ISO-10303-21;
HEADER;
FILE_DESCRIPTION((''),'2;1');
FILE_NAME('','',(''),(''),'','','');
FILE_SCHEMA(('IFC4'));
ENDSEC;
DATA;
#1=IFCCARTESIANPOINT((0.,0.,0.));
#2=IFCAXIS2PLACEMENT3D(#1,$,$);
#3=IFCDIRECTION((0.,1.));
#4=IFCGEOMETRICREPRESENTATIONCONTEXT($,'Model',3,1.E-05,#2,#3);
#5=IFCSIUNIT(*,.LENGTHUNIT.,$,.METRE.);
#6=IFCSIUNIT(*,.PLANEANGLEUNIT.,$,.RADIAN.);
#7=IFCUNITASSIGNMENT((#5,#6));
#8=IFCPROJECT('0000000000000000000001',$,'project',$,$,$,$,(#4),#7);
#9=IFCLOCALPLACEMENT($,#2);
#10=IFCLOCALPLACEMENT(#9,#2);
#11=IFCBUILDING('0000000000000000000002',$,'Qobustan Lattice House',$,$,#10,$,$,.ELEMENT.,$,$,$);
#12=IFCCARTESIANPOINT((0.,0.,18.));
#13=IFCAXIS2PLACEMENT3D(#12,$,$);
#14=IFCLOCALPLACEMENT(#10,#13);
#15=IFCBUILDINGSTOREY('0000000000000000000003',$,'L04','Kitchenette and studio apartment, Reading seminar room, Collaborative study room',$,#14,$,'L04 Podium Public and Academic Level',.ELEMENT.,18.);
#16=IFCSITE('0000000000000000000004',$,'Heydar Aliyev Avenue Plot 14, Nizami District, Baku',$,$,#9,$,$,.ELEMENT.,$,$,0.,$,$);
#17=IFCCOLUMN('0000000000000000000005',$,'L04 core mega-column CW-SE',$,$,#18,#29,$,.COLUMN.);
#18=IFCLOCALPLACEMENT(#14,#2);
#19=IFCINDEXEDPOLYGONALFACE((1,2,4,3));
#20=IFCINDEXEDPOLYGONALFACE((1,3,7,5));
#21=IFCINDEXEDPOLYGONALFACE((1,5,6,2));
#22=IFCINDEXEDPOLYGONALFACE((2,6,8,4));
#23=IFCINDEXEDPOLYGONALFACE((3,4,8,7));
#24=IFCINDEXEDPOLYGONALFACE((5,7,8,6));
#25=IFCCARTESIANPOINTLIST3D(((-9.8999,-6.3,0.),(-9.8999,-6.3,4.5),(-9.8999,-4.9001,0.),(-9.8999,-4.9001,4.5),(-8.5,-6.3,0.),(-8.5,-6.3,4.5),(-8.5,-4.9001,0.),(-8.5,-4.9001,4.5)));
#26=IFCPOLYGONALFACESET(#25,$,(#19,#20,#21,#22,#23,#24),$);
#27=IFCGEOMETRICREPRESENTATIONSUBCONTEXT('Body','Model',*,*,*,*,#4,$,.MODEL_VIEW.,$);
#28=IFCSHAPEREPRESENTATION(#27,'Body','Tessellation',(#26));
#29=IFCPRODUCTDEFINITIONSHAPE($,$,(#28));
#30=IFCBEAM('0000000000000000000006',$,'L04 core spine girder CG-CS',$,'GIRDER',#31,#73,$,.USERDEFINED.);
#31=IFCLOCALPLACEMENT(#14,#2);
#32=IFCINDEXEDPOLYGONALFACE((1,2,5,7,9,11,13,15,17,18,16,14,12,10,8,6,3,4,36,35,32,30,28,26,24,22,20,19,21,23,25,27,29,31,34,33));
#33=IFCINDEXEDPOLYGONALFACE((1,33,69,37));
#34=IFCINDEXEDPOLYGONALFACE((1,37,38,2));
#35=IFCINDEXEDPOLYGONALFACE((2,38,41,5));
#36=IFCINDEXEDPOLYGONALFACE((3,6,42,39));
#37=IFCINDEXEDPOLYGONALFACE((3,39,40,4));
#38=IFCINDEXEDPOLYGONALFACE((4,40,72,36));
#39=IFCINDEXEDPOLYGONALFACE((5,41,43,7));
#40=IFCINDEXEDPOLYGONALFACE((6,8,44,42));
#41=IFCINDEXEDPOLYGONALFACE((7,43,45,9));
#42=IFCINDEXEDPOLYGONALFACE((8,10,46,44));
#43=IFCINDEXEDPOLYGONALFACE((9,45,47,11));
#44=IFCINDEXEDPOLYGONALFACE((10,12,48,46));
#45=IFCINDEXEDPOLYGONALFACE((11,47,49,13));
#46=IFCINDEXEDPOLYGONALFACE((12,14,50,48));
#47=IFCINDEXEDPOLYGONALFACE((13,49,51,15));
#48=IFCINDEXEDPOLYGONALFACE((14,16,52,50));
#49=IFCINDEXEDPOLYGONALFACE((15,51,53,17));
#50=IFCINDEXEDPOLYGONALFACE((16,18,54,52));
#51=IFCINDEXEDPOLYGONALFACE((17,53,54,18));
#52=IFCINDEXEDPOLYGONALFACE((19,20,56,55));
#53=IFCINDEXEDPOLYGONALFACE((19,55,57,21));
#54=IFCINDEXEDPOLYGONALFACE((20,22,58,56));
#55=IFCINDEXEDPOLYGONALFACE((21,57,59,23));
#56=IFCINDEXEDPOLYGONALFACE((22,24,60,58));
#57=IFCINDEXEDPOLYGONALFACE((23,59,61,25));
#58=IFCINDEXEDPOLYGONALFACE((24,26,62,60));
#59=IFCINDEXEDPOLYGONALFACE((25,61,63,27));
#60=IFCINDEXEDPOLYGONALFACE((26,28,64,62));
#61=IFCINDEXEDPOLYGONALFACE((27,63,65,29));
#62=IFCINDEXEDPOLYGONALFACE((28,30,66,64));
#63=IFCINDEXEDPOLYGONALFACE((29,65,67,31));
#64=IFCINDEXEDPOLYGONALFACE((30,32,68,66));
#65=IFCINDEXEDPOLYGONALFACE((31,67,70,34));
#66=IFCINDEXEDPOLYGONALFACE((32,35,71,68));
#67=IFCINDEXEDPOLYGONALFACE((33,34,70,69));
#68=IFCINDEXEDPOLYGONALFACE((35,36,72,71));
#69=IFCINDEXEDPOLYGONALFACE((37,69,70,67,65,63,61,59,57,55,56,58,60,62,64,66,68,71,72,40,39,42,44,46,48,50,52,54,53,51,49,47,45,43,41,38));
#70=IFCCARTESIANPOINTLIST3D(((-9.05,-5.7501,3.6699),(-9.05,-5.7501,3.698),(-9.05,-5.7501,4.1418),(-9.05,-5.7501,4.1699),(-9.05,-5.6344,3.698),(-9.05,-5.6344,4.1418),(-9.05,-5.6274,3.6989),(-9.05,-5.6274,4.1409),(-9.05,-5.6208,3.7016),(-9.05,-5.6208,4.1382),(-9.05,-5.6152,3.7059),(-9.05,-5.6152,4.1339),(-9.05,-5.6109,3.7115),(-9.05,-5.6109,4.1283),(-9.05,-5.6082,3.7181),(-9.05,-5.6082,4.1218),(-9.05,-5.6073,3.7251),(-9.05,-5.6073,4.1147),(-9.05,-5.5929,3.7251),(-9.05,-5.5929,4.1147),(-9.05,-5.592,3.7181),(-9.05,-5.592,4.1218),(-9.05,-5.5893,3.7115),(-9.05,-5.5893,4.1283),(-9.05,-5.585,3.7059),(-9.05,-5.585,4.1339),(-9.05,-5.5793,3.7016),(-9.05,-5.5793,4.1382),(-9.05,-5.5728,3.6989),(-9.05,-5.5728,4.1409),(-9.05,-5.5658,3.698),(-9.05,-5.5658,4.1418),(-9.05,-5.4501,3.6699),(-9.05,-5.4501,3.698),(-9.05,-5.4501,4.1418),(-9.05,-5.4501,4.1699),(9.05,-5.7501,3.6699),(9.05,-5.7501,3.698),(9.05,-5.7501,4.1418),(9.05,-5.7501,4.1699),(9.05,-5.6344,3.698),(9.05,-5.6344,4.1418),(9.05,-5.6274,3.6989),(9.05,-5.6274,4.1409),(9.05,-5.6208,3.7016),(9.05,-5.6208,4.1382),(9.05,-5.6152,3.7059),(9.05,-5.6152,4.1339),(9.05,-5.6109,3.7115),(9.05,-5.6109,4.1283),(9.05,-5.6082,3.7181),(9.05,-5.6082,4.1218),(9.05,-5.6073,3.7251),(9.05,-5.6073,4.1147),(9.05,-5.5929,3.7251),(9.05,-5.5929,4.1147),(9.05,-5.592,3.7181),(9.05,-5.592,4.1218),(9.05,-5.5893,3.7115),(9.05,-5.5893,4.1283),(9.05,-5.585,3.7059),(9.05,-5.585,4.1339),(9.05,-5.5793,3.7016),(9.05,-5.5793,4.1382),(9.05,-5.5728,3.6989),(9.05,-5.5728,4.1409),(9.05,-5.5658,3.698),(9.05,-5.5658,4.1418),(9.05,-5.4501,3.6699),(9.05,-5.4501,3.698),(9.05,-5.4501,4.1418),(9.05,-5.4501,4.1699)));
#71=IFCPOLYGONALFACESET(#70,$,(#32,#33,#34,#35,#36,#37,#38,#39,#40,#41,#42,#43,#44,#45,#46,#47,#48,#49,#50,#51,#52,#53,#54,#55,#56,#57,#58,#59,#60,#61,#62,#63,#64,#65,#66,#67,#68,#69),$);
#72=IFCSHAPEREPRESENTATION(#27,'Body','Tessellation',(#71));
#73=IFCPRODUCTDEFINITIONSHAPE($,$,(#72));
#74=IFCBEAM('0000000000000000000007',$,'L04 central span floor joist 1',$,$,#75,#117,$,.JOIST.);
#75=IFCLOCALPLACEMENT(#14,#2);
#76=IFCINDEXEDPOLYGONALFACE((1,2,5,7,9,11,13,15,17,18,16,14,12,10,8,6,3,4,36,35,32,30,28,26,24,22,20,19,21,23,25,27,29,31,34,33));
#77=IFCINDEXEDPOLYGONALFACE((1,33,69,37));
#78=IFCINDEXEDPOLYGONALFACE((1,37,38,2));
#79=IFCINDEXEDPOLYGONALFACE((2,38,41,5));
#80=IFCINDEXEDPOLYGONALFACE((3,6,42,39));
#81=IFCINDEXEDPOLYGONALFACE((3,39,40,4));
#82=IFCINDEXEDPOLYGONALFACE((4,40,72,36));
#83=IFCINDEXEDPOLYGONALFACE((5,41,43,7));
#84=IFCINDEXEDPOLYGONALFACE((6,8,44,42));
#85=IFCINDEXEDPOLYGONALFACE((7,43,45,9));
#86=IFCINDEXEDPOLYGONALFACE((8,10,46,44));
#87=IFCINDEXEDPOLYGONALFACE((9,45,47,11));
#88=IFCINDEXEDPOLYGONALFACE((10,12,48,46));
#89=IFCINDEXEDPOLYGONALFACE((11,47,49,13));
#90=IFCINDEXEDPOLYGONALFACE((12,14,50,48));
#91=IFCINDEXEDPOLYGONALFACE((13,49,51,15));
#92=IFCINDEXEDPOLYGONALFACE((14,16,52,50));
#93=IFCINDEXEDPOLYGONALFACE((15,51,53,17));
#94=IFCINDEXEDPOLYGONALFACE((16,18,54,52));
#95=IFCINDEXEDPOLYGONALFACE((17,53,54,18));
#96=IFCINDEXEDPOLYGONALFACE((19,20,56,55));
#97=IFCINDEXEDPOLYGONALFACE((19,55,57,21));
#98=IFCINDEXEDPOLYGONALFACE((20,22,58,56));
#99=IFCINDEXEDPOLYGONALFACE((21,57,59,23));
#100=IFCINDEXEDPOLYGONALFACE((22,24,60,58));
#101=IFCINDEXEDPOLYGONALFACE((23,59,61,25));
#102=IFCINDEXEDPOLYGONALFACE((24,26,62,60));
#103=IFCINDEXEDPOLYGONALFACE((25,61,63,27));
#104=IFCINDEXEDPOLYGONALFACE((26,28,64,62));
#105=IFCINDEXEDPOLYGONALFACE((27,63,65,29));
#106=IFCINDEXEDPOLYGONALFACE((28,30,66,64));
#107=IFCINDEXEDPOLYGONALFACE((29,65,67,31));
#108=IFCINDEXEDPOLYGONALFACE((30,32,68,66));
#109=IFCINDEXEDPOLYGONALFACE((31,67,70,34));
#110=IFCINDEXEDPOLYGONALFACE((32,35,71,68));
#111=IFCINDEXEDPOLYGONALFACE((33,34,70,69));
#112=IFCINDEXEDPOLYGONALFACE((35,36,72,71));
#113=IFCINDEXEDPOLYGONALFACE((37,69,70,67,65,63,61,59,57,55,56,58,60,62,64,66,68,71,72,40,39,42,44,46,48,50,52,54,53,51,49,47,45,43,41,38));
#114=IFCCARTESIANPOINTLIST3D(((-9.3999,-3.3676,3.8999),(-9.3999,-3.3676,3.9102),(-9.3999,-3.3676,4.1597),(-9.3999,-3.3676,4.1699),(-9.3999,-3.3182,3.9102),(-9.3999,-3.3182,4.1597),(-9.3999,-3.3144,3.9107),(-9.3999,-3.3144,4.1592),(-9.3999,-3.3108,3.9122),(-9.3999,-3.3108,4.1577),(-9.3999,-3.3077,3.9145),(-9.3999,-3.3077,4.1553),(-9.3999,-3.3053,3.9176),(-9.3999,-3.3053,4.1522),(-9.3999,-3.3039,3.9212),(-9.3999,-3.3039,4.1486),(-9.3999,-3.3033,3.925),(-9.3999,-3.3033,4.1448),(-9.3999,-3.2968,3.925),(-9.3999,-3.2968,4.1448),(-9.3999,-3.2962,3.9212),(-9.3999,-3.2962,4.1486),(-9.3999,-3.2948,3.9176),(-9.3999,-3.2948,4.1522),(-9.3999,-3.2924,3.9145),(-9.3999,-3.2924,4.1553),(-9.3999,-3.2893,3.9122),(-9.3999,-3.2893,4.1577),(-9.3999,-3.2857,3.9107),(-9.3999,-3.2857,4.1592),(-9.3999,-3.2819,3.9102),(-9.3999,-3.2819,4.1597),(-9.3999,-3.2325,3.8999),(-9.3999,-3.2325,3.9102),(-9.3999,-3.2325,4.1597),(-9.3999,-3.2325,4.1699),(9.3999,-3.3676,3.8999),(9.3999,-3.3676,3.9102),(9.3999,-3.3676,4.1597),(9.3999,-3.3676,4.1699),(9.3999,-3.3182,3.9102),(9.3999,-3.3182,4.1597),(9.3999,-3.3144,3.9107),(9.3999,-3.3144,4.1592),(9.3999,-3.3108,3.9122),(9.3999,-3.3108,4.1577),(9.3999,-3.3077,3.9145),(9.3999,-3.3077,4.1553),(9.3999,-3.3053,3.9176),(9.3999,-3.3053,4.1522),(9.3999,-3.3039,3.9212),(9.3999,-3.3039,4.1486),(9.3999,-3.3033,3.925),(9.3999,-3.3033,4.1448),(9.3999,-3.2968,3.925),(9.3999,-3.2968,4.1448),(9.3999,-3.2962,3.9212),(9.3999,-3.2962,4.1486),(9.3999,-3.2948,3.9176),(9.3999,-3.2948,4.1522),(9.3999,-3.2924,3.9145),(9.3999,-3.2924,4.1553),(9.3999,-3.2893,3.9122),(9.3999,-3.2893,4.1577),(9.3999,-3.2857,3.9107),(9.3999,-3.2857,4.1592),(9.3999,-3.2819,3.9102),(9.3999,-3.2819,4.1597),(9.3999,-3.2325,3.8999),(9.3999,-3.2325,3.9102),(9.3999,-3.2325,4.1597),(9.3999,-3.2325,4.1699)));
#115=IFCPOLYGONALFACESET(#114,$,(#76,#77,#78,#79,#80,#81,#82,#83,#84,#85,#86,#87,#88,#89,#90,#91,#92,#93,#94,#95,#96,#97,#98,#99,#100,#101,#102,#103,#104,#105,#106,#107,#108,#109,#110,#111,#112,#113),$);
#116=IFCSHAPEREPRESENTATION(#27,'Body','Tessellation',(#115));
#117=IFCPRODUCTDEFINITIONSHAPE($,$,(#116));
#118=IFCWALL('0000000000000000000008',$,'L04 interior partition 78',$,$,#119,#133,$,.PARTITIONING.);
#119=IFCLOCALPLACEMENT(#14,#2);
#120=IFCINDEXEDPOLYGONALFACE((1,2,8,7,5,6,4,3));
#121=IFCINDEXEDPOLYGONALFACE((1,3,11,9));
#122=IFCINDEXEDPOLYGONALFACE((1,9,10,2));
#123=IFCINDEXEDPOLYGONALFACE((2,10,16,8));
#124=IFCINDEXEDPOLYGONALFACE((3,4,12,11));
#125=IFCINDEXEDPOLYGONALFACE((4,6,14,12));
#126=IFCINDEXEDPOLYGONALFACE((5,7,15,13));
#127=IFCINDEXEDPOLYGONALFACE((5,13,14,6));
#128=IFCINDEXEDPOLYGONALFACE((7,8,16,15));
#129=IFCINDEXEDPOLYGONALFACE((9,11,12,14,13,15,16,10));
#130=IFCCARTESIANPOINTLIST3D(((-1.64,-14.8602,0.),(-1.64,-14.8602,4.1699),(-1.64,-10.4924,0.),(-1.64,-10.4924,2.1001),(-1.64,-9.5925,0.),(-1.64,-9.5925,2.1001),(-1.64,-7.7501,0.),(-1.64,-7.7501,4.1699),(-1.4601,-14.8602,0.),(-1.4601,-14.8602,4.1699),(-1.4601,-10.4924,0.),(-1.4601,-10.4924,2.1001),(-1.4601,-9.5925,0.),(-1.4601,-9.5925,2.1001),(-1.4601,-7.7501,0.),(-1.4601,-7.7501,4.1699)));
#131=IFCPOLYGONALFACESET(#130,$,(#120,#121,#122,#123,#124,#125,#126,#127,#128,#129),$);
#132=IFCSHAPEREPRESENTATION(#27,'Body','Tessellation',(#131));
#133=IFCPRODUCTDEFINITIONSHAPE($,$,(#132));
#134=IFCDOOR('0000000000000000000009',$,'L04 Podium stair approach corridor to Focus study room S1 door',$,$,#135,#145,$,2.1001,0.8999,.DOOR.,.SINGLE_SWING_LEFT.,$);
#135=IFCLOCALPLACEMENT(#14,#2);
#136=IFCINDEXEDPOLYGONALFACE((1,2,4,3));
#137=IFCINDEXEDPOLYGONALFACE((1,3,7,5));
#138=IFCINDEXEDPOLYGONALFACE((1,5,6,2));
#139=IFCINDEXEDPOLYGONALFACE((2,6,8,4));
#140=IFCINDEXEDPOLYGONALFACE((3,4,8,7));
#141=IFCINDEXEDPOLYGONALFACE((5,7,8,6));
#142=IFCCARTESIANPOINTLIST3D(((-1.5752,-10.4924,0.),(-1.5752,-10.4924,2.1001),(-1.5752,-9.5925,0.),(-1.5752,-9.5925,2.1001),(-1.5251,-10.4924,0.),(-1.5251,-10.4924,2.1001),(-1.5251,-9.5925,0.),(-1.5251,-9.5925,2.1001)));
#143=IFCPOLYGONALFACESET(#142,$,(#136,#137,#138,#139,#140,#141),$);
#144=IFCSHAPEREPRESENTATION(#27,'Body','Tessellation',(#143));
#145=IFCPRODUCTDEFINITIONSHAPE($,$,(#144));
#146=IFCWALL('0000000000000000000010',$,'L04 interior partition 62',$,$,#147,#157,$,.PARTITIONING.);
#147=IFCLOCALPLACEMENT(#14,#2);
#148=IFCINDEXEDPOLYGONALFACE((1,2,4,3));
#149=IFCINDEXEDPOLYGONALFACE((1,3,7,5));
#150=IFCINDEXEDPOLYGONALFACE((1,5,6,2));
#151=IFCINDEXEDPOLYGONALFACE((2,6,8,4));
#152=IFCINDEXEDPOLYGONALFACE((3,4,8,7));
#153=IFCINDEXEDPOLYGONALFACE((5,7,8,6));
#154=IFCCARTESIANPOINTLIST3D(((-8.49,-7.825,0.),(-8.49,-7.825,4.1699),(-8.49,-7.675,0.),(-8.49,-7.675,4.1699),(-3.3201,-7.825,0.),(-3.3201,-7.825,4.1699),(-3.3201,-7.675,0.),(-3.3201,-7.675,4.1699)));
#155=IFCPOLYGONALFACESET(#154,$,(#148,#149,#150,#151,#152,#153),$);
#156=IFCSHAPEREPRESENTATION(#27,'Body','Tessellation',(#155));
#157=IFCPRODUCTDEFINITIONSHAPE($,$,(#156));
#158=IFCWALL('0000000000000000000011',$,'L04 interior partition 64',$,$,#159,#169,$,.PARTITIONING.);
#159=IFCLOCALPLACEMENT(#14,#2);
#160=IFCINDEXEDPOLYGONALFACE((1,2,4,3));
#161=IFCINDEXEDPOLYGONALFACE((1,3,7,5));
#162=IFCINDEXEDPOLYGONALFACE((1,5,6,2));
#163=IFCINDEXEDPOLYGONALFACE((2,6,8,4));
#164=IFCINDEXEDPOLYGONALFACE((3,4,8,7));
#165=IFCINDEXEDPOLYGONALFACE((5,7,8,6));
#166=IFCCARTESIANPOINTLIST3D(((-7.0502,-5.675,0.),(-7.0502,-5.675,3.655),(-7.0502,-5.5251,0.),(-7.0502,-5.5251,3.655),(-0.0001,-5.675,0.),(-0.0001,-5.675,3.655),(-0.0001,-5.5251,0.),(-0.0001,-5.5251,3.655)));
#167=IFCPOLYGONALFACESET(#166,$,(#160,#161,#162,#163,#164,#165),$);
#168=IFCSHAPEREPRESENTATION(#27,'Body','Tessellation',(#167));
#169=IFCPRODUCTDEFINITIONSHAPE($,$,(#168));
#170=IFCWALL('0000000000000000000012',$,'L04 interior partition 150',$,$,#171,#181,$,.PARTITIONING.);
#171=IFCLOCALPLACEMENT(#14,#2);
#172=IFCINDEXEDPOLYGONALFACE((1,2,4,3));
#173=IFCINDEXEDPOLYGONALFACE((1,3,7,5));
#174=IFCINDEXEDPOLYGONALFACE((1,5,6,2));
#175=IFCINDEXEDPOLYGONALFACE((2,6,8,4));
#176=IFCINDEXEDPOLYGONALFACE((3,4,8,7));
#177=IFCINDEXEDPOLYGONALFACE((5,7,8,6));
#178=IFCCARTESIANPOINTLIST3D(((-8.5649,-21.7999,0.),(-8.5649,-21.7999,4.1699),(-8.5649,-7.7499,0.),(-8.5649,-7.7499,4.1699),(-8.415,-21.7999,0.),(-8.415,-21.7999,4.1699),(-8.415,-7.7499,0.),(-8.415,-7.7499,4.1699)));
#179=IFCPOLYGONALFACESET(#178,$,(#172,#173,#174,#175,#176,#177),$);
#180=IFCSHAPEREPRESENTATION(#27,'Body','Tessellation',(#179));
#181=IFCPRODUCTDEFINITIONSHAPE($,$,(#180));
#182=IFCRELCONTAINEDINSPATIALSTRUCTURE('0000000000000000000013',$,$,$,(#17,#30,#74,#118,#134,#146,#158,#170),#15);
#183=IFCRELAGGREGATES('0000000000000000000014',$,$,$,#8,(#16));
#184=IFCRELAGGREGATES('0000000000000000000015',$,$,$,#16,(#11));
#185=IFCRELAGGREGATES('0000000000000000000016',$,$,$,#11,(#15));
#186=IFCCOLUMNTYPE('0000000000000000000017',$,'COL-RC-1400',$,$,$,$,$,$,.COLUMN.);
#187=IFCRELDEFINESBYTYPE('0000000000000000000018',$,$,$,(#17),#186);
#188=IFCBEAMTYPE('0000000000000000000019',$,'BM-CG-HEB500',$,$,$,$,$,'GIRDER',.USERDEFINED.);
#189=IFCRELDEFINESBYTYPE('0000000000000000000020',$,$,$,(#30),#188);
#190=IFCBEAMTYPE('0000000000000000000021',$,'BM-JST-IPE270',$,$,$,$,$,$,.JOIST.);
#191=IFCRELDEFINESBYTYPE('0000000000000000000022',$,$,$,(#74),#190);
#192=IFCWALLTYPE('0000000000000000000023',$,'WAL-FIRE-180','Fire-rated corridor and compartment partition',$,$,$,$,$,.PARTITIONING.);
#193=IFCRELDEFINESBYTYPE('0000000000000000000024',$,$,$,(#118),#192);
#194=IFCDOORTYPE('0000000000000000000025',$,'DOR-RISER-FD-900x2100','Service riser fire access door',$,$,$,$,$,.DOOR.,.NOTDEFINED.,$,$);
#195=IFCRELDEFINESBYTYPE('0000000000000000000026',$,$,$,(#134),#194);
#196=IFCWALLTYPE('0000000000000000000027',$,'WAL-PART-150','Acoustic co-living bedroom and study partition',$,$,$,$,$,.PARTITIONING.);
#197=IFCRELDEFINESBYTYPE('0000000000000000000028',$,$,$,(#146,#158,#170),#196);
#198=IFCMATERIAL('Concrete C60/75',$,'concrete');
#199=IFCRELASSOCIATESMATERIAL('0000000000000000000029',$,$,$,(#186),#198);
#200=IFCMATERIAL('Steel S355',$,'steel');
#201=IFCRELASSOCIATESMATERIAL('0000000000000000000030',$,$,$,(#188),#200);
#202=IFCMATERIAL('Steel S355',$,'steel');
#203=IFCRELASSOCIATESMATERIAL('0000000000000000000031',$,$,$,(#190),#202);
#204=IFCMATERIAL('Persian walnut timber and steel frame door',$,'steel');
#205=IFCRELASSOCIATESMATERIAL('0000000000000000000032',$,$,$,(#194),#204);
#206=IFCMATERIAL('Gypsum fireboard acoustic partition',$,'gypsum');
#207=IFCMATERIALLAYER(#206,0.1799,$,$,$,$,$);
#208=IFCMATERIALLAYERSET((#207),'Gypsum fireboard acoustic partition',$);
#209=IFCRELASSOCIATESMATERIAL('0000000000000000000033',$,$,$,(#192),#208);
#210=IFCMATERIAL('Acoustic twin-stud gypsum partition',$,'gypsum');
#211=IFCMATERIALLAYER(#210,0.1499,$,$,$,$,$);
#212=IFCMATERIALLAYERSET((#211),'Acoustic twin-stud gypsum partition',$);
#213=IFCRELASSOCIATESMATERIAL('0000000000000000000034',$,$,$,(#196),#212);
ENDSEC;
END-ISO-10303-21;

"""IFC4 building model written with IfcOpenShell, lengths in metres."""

from ifc_helpers import new_model, si_unit, direction, frame, frame_2d, origin, origin_2d, place, context, subcontext, project, spatial, rectangle, i_section, extrude, material, layer, layer_set, material_profile, profile_set, type_object, element, fill, save


model = new_model("IFC4")

# Units and contexts
model_context = context("Model", 3, precision=1e-05, world=origin(), true_north=direction((0.0, 1.0)))
body_context = subcontext(model_context, "Body", "Model", "MODEL_VIEW")
ifc_project = project(units=[si_unit("LENGTHUNIT", "METRE"), si_unit("PLANEANGLEUNIT", "RADIAN")], contexts=[model_context])

# Site, building, storey
site_placement = place(None, origin())
site = spatial("IfcSite", under=ifc_project, at=site_placement, Name="Heydar Aliyev Avenue Plot 14, Nizami District, Baku", CompositionType="ELEMENT", RefElevation=0.0)
building_placement = place(site_placement, origin())
building = spatial("IfcBuilding", under=site, at=building_placement, Name="Qobustan Lattice House", CompositionType="ELEMENT")
storey_placement = place(building_placement, frame((0.0, 0.0, 18.0)))
storey = spatial("IfcBuildingStorey", under=building, at=storey_placement, Name="L04", Description="Kitchenette and studio apartment, Reading seminar room, Collaborative study room", LongName="L04 Podium Public and Academic Level", CompositionType="ELEMENT", Elevation=18.0)

# Column
ifc_material_1 = material(Name="Concrete C60/75", Category="concrete")
ifc_material_profile_1 = material_profile(ifc_material_1, rectangle(XDim=1.3999, YDim=1.3999, at=origin_2d()), Name="RC1400x1400")
ifc_profile_set_1 = profile_set([ifc_material_profile_1], Name="Concrete C60/75")
column_type = type_object("IfcColumnType", Name="COL-RC-1400", PredefinedType="COLUMN", material=ifc_profile_set_1)
column_placement = place(storey_placement, frame((-9.2, -5.6001, 0.0), z_axis=(0.0, 0.0, 1.0), x_axis=(1.0, 0.0, 0.0)))
element("IfcColumn", 1, at=column_placement, inside=storey, type_object=column_type, Name="L04 core mega-column CW-SE", PredefinedType="COLUMN", context=body_context, shape_type="SweptSolid", body=[
    extrude(rectangle(XDim=1.3999, YDim=1.3999, at=origin_2d()), origin(), (0.0, 0.0, 1.0), 4.5),
])

# Beams
ifc_material_2 = material(Name="Steel S355", Category="steel")
ifc_material_profile_2 = material_profile(ifc_material_2, i_section(OverallWidth=0.3, OverallDepth=0.5, WebThickness=0.0144, FlangeThickness=0.0281, FilletRadius=0.0271, at=origin_2d()), Name="HEB500")
ifc_profile_set_2 = profile_set([ifc_material_profile_2], Name="Steel S355")
beam_type_1 = type_object("IfcBeamType", Name="BM-CG-HEB500", ElementType="GIRDER", PredefinedType="USERDEFINED", material=ifc_profile_set_2)
beam_1_placement = place(storey_placement, frame((-9.05, -5.6001, 3.9199), z_axis=(1.0, 0.0, 0.0), x_axis=(0.0, 1.0, 0.0)))
element("IfcBeam", 2, at=beam_1_placement, inside=storey, type_object=beam_type_1, Name="L04 core spine girder CG-CS", ObjectType="GIRDER", PredefinedType="USERDEFINED", context=body_context, shape_type="SweptSolid", body=[
    extrude(i_section(OverallWidth=0.3, OverallDepth=0.5, WebThickness=0.0144, FlangeThickness=0.0281, FilletRadius=0.0271, at=origin_2d()), origin(), (0.0, 0.0, 1.0), 18.1001),
])
ifc_material_3 = material(Name="Steel S355", Category="steel")
ifc_material_profile_3 = material_profile(ifc_material_3, i_section(OverallWidth=0.135, OverallDepth=0.27, WebThickness=0.0066, FlangeThickness=0.0103, FilletRadius=0.0149, at=origin_2d()), Name="IPE270")
ifc_profile_set_3 = profile_set([ifc_material_profile_3], Name="Steel S355")
beam_type_2 = type_object("IfcBeamType", Name="BM-JST-IPE270", PredefinedType="JOIST", material=ifc_profile_set_3)
beam_2_placement = place(storey_placement, frame((-9.3999, -3.3, 4.0349), z_axis=(1.0, 0.0, 0.0), x_axis=(0.0, 1.0, 0.0)))
element("IfcBeam", 3, at=beam_2_placement, inside=storey, type_object=beam_type_2, Name="L04 central span floor joist 1", PredefinedType="JOIST", context=body_context, shape_type="SweptSolid", body=[
    extrude(i_section(OverallWidth=0.135, OverallDepth=0.27, WebThickness=0.0066, FlangeThickness=0.0103, FilletRadius=0.0149, at=origin_2d()), origin(), (0.0, 0.0, 1.0), 18.7998),
])

# Shared definitions
ifc_material_4 = material(Name="Persian walnut timber and steel frame door", Category="steel")
door_type_1 = type_object("IfcDoorType", Name="DOR-RISER-FD-900x2100", Description="Service riser fire access door", OperationType="NOTDEFINED", PredefinedType="DOOR", material=ifc_material_4)

# Wall, opening, door
ifc_material_5 = material(Name="Gypsum fireboard acoustic partition", Category="gypsum")
ifc_layer_1 = layer(ifc_material_5, 0.1799)
ifc_layer_set_1 = layer_set([ifc_layer_1], Name="Gypsum fireboard acoustic partition")
wall_type_1 = type_object("IfcWallType", Name="WAL-FIRE-180", Description="Fire-rated corridor and compartment partition", PredefinedType="PARTITIONING", material=ifc_layer_set_1)
wall_1_placement = place(storey_placement, frame((-1.55, -7.75, 0.0), z_axis=(0.0, 0.0, 1.0), x_axis=(0.0, -1.0, 0.0)))
wall_1 = element("IfcWall", 4, at=wall_1_placement, inside=storey, type_object=wall_type_1, Name="L04 interior partition 78", PredefinedType="PARTITIONING", context=body_context, shape_type="SweptSolid", body=[
    extrude(rectangle(XDim=7.1101, YDim=0.1799, at=frame_2d((3.5552, 0.0))), origin(), (0.0, 0.0, 1.0), 4.1699),
])
opening_1_placement = place(wall_1_placement, frame((1.8425, 0.0, 0.0)))
opening_1 = element("IfcOpeningElement", 5, at=opening_1_placement, cuts=wall_1, PredefinedType="OPENING", context=body_context, shape_type="SweptSolid", body=[
    extrude(rectangle(XDim=0.8999, YDim=2.1001, at=frame_2d((0.45, 1.05))), frame((0.0, 0.0999, 0.0), z_axis=(0.0, -1.0, 0.0), x_axis=(1.0, 0.0, 0.0)), (0.0, 0.0, 1.0), 0.2),
])
door_1_placement = place(opening_1_placement, origin())
door_1 = element("IfcDoor", 6, at=door_1_placement, inside=storey, type_object=door_type_1, Name="L04 Podium stair approach corridor to Focus study room S1 door", OperationType="SINGLE_SWING_LEFT", OverallHeight=2.1001, OverallWidth=0.8999, PredefinedType="DOOR", context=body_context, shape_type="SweptSolid", body=[
    extrude(rectangle(XDim=0.8999, YDim=2.1001, at=frame_2d((0.45, 1.05))), frame((0.0, 0.0249, 0.0), z_axis=(0.0, -1.0, 0.0), x_axis=(1.0, 0.0, 0.0)), (0.0, 0.0, 1.0), 0.05),
])
fill(opening_1, door_1)

# Walls
ifc_material_6 = material(Name="Acoustic twin-stud gypsum partition", Category="gypsum")
ifc_layer_2 = layer(ifc_material_6, 0.1499)
ifc_layer_set_2 = layer_set([ifc_layer_2], Name="Acoustic twin-stud gypsum partition")
wall_type_2 = type_object("IfcWallType", Name="WAL-PART-150", Description="Acoustic co-living bedroom and study partition", PredefinedType="PARTITIONING", material=ifc_layer_set_2)
wall_2_placement = place(storey_placement, frame((-3.3201, -7.75, 0.0), z_axis=(0.0, 0.0, 1.0), x_axis=(-1.0, 0.0, 0.0)))
element("IfcWall", 7, at=wall_2_placement, inside=storey, type_object=wall_type_2, Name="L04 interior partition 62", PredefinedType="PARTITIONING", context=body_context, shape_type="SweptSolid", body=[
    extrude(rectangle(XDim=5.1699, YDim=0.1499, at=frame_2d((2.585, 0.0))), origin(), (0.0, 0.0, 1.0), 4.1699),
])
wall_3_placement = place(storey_placement, frame((-7.05, -5.6001, 0.0), z_axis=(0.0, 0.0, 1.0), x_axis=(1.0, 0.0, 0.0)))
element("IfcWall", 8, at=wall_3_placement, inside=storey, type_object=wall_type_2, Name="L04 interior partition 64", PredefinedType="PARTITIONING", context=body_context, shape_type="SweptSolid", body=[
    extrude(rectangle(XDim=7.05, YDim=0.1499, at=frame_2d((3.5249, 0.0))), origin(), (0.0, 0.0, 1.0), 3.655),
])
wall_4_placement = place(storey_placement, frame((-8.49, -7.75, 0.0), z_axis=(0.0, 0.0, 1.0), x_axis=(0.0, -1.0, 0.0)))
element("IfcWall", 9, at=wall_4_placement, inside=storey, type_object=wall_type_2, Name="L04 interior partition 150", PredefinedType="PARTITIONING", context=body_context, shape_type="SweptSolid", body=[
    extrude(rectangle(XDim=14.05, YDim=0.1499, at=frame_2d((7.0249, 0.0))), origin(), (0.0, 0.0, 1.0), 4.1699),
])

save(model, "model.ifc")
